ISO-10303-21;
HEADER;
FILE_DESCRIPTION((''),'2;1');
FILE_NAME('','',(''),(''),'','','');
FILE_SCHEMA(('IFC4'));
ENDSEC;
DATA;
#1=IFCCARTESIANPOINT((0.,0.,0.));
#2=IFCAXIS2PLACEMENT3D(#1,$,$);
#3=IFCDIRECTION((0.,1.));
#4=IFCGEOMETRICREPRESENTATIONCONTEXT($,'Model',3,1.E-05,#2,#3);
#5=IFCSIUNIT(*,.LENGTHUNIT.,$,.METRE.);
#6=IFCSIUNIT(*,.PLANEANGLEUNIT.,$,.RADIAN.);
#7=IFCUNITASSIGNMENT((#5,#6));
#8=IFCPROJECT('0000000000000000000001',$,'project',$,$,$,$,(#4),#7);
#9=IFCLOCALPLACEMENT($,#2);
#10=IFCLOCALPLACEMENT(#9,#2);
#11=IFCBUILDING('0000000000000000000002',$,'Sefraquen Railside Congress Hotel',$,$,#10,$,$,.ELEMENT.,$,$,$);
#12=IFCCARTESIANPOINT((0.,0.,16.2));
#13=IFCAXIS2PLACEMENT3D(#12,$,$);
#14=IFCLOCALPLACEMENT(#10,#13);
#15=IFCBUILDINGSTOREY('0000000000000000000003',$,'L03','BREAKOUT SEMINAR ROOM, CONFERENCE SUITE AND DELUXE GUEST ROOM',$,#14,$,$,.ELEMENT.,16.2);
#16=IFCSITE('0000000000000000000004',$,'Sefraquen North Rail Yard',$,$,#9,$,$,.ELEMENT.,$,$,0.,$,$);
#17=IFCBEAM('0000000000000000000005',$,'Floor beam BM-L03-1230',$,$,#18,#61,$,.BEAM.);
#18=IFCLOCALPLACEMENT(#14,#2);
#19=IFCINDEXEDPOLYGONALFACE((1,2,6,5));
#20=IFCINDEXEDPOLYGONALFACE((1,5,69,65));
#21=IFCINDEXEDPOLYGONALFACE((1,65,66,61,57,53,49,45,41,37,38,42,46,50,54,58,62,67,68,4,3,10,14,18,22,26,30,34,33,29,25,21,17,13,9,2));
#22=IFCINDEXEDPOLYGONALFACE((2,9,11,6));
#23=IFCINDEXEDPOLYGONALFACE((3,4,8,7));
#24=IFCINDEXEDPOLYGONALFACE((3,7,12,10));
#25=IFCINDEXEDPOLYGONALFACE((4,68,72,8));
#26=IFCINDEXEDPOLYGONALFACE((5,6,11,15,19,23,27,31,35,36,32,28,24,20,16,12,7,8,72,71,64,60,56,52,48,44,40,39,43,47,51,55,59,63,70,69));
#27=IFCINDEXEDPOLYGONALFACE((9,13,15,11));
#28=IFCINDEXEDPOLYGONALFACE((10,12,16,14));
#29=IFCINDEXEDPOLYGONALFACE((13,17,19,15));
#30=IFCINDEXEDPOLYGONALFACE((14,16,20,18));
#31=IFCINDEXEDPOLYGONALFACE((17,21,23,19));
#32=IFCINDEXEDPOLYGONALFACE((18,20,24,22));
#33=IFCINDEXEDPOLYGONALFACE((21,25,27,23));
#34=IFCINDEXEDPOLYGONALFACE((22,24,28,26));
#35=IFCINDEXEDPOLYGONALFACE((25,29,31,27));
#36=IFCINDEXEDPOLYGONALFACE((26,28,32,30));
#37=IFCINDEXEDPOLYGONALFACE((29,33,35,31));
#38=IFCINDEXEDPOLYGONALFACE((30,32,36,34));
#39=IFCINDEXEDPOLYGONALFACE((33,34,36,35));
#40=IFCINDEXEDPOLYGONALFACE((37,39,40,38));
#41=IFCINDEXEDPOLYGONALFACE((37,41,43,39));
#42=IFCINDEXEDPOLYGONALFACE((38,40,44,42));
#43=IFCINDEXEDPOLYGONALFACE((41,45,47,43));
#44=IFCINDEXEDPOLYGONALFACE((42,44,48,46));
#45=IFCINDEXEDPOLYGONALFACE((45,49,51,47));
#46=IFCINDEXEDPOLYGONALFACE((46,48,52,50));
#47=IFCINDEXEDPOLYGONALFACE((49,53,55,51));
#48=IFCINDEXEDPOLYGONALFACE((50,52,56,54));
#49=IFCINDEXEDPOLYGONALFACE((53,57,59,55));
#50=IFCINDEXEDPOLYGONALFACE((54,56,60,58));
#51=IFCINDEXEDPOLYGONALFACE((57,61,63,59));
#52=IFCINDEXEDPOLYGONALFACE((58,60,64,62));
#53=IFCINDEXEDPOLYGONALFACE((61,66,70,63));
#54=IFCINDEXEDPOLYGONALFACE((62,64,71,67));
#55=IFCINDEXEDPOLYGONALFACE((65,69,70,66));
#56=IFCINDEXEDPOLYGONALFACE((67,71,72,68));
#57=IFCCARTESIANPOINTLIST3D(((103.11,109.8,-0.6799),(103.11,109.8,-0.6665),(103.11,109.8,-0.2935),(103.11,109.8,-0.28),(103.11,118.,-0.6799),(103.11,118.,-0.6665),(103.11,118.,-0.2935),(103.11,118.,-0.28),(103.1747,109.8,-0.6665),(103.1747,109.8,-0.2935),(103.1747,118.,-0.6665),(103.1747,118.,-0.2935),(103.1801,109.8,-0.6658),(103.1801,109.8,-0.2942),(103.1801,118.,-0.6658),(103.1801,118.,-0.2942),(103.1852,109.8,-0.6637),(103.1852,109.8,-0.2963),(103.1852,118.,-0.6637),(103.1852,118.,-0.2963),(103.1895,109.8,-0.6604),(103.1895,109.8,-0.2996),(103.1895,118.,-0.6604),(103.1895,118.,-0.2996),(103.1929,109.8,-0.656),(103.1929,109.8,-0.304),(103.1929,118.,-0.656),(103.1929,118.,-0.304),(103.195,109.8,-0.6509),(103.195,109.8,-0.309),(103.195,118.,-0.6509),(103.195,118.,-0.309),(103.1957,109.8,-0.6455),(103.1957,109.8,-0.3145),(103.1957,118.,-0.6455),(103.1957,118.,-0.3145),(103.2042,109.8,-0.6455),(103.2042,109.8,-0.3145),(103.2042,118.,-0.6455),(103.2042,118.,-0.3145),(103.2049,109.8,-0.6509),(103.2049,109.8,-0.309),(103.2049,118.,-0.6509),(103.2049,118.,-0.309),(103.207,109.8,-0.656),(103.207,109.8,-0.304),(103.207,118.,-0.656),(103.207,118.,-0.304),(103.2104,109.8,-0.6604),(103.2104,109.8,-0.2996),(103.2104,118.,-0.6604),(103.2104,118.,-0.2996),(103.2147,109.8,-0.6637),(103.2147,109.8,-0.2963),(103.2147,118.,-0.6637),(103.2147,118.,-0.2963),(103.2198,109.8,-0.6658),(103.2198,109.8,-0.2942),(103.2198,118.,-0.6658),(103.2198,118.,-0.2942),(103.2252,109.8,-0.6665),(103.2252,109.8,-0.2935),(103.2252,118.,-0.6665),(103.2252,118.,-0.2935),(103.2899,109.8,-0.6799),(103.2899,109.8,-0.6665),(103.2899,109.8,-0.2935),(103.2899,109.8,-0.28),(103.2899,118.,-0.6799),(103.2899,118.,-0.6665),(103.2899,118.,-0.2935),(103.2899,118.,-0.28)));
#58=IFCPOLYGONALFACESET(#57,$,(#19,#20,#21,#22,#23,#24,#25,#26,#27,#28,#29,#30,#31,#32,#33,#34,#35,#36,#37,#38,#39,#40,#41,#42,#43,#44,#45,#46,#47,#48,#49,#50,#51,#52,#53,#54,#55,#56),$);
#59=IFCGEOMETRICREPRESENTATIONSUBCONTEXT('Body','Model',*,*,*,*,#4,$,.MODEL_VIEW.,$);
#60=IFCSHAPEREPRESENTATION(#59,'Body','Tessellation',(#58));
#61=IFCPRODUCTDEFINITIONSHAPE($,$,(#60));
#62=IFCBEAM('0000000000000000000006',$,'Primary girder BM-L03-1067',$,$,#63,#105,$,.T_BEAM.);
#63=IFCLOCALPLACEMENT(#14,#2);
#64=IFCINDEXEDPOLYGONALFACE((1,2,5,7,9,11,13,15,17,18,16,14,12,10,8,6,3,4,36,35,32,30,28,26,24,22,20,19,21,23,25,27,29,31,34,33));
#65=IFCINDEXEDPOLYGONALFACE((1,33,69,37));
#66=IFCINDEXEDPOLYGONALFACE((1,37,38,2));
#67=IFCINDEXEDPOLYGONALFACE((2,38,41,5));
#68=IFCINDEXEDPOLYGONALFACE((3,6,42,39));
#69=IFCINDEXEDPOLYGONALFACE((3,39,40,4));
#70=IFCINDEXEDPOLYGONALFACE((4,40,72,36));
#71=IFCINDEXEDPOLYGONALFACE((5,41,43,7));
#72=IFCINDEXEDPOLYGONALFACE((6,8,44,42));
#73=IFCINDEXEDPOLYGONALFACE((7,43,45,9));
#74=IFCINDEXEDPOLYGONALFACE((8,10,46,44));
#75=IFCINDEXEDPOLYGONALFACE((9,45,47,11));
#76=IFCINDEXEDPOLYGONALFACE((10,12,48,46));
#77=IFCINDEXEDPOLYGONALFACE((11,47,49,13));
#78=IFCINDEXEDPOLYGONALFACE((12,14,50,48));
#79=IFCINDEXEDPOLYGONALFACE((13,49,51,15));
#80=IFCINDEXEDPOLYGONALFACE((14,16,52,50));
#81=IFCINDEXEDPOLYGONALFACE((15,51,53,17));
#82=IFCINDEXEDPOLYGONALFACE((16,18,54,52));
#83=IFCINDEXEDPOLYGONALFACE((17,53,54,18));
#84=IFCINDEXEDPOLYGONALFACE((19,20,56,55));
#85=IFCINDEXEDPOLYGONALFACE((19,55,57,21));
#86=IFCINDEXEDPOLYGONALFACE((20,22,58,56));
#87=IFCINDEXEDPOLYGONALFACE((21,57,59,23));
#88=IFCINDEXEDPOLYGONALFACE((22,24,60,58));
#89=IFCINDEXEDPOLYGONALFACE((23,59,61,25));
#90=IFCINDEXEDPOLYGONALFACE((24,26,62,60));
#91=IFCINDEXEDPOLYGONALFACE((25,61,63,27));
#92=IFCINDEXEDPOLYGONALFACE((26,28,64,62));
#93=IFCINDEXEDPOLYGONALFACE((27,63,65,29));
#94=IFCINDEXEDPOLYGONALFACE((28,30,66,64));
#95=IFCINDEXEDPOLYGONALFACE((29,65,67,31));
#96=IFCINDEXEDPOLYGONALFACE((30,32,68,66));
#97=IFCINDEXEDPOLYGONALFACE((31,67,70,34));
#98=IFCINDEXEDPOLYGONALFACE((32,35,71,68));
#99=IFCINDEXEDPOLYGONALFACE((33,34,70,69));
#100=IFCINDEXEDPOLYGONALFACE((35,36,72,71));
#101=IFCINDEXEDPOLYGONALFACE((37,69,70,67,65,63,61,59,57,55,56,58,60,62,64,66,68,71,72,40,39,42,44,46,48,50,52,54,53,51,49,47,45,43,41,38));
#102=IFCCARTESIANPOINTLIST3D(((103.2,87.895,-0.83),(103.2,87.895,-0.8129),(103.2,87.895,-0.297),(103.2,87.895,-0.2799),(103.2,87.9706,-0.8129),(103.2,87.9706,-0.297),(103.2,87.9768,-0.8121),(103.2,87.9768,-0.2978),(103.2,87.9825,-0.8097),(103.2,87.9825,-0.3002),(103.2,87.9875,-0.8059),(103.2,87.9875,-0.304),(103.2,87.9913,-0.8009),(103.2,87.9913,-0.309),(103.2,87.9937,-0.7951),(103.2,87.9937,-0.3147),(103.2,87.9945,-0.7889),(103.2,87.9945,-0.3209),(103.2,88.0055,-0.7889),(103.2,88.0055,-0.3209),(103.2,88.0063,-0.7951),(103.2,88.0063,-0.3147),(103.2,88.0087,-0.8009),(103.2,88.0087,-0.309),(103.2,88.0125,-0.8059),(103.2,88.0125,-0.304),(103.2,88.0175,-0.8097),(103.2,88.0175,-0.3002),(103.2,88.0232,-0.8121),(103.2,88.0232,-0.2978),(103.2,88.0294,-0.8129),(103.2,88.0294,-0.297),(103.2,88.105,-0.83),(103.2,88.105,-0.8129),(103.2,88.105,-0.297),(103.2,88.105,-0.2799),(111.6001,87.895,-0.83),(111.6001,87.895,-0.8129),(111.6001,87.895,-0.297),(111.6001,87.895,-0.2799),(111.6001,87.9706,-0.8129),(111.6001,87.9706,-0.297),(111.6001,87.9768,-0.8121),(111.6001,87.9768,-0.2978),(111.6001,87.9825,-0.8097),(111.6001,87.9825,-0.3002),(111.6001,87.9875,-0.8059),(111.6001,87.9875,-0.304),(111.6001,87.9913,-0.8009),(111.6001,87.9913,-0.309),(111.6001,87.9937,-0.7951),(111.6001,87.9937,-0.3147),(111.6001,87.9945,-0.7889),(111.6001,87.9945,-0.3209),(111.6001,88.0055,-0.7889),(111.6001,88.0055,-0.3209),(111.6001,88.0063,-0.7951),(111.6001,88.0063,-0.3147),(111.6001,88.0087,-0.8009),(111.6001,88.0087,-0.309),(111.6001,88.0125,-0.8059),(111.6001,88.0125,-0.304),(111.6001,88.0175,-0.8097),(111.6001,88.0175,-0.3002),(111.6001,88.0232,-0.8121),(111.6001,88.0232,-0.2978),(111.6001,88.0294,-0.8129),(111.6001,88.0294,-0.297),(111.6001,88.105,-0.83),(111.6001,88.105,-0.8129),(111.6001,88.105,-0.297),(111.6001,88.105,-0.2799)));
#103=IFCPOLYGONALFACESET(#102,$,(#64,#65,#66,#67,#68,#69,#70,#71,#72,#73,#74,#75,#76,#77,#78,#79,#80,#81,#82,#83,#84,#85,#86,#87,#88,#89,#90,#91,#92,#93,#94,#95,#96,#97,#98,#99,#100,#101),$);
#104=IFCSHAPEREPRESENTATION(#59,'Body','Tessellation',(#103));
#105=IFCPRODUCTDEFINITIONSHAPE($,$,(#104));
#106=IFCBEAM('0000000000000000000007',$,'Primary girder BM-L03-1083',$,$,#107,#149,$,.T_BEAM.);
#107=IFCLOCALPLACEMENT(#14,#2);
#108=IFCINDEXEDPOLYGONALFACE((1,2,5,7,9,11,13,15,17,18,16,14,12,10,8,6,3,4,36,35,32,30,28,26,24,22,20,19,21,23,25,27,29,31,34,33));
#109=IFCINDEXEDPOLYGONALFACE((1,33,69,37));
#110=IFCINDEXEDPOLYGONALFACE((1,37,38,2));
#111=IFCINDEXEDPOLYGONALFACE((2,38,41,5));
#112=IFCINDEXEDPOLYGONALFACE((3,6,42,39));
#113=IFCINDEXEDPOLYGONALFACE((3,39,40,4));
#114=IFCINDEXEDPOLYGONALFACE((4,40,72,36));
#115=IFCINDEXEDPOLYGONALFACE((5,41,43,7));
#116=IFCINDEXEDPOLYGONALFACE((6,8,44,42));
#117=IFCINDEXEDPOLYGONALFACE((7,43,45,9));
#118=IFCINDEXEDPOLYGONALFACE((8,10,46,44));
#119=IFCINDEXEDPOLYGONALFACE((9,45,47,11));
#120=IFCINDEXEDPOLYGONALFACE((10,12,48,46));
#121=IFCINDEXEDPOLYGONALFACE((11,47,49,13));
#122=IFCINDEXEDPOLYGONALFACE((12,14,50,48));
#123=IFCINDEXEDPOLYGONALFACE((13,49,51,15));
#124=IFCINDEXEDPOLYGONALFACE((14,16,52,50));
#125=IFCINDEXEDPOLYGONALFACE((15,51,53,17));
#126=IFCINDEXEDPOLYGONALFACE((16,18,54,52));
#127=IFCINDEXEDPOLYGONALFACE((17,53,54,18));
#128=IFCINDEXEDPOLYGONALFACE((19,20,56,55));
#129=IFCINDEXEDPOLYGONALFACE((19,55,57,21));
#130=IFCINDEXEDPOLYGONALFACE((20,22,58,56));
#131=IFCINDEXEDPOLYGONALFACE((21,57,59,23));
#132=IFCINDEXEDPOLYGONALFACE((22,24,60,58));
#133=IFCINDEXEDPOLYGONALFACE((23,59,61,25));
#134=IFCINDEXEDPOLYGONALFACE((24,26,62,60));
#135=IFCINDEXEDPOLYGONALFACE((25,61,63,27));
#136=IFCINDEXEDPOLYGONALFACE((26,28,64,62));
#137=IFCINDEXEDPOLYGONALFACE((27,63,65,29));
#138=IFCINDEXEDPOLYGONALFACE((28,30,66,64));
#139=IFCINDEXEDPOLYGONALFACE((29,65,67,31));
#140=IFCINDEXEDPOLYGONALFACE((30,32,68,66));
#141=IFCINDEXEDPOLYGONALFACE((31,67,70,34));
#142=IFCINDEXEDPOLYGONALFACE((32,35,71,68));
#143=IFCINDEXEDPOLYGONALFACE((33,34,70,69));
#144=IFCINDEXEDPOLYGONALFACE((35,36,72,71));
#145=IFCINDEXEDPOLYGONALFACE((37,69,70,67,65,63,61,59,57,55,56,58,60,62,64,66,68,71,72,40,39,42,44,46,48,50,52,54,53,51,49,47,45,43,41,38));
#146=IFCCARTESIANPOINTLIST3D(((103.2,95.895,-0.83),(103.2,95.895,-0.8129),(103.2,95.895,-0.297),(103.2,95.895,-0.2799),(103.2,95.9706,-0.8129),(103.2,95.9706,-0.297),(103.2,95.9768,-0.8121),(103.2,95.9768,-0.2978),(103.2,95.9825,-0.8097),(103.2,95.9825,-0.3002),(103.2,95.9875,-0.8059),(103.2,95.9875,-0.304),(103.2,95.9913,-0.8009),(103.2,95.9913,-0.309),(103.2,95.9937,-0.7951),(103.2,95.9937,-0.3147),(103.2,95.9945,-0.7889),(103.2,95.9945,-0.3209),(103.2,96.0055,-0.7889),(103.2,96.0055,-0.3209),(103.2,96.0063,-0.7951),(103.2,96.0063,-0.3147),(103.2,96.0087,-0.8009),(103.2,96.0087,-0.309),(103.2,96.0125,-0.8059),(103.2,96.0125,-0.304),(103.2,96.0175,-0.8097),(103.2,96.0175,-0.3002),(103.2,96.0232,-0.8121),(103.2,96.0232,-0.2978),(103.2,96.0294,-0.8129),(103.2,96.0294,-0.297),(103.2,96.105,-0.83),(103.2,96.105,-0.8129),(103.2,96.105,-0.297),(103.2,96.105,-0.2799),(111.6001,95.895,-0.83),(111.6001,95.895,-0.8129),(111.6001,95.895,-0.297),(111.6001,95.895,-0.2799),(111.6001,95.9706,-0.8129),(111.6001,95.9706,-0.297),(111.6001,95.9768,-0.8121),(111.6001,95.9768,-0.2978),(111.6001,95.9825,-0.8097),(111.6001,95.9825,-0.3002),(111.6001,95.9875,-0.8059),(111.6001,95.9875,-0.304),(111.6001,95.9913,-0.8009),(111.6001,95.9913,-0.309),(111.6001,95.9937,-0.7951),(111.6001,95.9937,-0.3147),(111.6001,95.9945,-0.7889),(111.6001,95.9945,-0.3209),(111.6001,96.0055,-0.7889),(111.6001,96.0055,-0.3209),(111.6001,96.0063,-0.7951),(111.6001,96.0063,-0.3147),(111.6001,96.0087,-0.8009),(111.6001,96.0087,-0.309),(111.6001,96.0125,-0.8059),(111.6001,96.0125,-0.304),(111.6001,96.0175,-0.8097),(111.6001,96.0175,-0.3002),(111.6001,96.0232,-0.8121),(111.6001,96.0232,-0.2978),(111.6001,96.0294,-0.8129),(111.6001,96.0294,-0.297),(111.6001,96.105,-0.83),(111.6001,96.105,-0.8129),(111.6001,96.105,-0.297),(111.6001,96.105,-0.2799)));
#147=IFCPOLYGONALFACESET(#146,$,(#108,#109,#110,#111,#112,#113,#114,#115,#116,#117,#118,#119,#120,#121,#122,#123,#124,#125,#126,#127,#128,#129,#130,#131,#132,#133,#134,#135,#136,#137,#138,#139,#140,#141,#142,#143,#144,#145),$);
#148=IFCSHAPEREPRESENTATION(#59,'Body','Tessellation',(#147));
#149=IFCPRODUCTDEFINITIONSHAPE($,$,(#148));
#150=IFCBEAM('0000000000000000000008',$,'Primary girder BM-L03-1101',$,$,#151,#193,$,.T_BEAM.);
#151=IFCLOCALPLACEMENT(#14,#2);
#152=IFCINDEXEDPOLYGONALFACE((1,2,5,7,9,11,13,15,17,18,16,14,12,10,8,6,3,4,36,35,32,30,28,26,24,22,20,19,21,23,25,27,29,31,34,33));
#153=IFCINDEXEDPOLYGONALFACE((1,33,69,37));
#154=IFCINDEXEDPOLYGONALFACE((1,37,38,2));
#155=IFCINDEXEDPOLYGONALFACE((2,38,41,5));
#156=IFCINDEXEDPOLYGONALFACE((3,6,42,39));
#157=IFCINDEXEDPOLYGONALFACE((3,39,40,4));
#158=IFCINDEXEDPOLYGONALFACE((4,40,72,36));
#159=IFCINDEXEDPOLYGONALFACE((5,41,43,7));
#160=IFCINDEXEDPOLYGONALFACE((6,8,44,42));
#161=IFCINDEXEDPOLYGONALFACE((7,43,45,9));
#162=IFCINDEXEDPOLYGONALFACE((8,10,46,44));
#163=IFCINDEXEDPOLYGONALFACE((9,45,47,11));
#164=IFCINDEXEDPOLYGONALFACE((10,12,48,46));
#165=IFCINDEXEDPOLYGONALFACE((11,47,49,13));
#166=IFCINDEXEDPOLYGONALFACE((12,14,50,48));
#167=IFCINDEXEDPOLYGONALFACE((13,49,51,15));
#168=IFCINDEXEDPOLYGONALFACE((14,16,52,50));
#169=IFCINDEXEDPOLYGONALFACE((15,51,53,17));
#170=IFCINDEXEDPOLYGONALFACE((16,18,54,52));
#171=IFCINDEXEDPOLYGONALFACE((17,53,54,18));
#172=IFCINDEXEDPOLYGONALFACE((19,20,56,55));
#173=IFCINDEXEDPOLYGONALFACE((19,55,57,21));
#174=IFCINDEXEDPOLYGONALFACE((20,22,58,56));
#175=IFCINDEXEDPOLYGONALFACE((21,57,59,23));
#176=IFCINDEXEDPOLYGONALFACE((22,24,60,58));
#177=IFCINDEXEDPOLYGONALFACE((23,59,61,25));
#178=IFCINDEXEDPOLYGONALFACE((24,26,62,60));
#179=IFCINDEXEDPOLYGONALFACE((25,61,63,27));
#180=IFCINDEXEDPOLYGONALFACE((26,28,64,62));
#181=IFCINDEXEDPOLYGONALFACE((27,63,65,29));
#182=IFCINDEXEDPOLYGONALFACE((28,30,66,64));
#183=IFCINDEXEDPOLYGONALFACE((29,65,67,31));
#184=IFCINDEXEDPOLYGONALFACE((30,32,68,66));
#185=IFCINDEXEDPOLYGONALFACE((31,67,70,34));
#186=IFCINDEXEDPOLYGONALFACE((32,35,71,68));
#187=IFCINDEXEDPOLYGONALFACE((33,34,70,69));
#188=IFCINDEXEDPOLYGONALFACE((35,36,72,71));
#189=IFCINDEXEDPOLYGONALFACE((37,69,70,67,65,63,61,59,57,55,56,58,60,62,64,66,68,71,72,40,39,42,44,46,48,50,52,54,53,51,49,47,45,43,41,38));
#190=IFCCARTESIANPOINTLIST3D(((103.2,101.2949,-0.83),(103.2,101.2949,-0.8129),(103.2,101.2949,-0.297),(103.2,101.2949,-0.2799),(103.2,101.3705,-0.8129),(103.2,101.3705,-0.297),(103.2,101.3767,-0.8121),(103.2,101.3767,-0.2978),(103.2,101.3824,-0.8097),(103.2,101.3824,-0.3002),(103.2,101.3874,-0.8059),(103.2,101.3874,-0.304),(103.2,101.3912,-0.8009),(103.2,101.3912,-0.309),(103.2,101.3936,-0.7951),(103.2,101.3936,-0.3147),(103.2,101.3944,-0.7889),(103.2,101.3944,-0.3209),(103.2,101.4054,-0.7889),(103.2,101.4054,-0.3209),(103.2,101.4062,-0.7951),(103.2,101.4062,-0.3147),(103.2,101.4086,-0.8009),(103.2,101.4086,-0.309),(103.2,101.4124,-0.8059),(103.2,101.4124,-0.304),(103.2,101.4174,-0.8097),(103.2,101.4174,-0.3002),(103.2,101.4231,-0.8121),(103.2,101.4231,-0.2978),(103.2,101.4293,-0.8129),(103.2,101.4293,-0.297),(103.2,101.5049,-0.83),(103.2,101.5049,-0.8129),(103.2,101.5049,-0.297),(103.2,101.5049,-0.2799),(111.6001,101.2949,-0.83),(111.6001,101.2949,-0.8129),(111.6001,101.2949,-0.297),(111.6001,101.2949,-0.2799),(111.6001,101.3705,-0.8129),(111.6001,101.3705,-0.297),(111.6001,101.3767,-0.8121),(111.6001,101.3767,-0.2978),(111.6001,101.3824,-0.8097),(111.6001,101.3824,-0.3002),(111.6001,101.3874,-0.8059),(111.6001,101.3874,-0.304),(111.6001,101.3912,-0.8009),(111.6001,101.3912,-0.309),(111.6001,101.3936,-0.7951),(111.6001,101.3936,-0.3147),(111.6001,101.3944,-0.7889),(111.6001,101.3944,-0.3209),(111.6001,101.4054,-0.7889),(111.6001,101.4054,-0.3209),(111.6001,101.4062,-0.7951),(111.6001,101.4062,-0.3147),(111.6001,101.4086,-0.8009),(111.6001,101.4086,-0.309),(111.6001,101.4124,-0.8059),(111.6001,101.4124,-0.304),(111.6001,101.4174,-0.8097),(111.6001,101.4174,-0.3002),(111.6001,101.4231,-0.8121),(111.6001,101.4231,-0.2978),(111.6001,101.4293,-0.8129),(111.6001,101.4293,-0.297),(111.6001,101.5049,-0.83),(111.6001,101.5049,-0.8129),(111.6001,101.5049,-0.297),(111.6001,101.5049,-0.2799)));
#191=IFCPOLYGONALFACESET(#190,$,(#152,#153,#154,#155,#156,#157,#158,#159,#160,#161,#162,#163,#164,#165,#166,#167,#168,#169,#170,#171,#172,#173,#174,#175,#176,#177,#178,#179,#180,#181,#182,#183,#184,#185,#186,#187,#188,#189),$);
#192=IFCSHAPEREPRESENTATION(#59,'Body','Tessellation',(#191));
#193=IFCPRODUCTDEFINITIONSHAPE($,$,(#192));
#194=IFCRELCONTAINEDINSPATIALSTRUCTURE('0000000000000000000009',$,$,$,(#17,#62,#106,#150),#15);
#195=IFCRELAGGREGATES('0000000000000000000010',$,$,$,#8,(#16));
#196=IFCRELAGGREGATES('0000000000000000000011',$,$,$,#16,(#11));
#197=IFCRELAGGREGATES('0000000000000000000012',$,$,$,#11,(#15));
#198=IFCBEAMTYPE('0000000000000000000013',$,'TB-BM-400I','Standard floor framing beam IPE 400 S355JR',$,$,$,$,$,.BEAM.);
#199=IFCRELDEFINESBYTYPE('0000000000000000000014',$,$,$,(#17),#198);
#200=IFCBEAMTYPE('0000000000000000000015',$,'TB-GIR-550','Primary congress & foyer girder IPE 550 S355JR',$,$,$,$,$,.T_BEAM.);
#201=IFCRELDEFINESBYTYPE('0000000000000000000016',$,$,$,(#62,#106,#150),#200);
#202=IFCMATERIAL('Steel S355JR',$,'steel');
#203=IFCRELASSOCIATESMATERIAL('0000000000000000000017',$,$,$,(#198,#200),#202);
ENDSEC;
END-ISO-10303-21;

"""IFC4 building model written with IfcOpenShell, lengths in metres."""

from ifc_helpers import new_model, si_unit, direction, frame, origin, origin_2d, place, context, subcontext, project, spatial, i_section, extrude, material, material_profile, profile_set, type_object, element, save


model = new_model("IFC4")

# Units and contexts
model_context = context("Model", 3, precision=1e-05, world=origin(), true_north=direction((0.0, 1.0)))
body_context = subcontext(model_context, "Body", "Model", "MODEL_VIEW")
ifc_project = project(units=[si_unit("LENGTHUNIT", "METRE"), si_unit("PLANEANGLEUNIT", "RADIAN")], contexts=[model_context])

# Site, building, storey
site_placement = place(None, origin())
site = spatial("IfcSite", under=ifc_project, at=site_placement, Name="Sefraquen North Rail Yard", CompositionType="ELEMENT", RefElevation=0.0)
building_placement = place(site_placement, origin())
building = spatial("IfcBuilding", under=site, at=building_placement, Name="Sefraquen Railside Congress Hotel", CompositionType="ELEMENT")
storey_placement = place(building_placement, frame((0.0, 0.0, 16.2)))
storey = spatial("IfcBuildingStorey", under=building, at=storey_placement, Name="L03", Description="BREAKOUT SEMINAR ROOM, CONFERENCE SUITE AND DELUXE GUEST ROOM", CompositionType="ELEMENT", Elevation=16.2)

# Shared definitions
ifc_material_1 = material(Name="Steel S355JR", Category="steel")

# Beams
ifc_material_profile_1 = material_profile(ifc_material_1, i_section(OverallWidth=0.1799, OverallDepth=0.3999, WebThickness=0.0085, FlangeThickness=0.0134, FilletRadius=0.021, at=origin_2d()), Name="IPE 400")
ifc_profile_set_1 = profile_set([ifc_material_profile_1], Name="Steel S355JR")
beam_type_1 = type_object("IfcBeamType", Name="TB-BM-400I", Description="Standard floor framing beam IPE 400 S355JR", PredefinedType="BEAM", material=ifc_profile_set_1)
beam_1_placement = place(storey_placement, frame((103.2, 109.8, -0.48), z_axis=(0.0, 1.0, 0.0), x_axis=(-1.0, 0.0, 0.0)))
element("IfcBeam", 1, at=beam_1_placement, inside=storey, type_object=beam_type_1, Name="Floor beam BM-L03-1230", PredefinedType="BEAM", context=body_context, shape_type="SweptSolid", body=[
    extrude(i_section(OverallWidth=0.1799, OverallDepth=0.3999, WebThickness=0.0085, FlangeThickness=0.0134, FilletRadius=0.021, at=origin_2d()), origin(), (0.0, 0.0, 1.0), 8.2),
])
ifc_material_profile_2 = material_profile(ifc_material_1, i_section(OverallWidth=0.21, OverallDepth=0.55, WebThickness=0.011, FlangeThickness=0.0171, FilletRadius=0.0239, at=origin_2d()), Name="IPE 550")
ifc_profile_set_2 = profile_set([ifc_material_profile_2], Name="Steel S355JR")
beam_type_2 = type_object("IfcBeamType", Name="TB-GIR-550", Description="Primary congress & foyer girder IPE 550 S355JR", PredefinedType="T_BEAM", material=ifc_profile_set_2)
for number, where, z_axis, x_axis, name in (
    (2, (103.2, 88.0, -0.5549), (1.0, 0.0, 0.0), (0.0, 1.0, 0.0), "Primary girder BM-L03-1067"),
    (3, (103.2, 96.0, -0.5549), (1.0, 0.0, 0.0), (0.0, 1.0, 0.0), "Primary girder BM-L03-1083"),
    (4, (103.2, 101.3999, -0.5549), (1.0, 0.0, 0.0), (0.0, 1.0, 0.0), "Primary girder BM-L03-1101"),
):
    element("IfcBeam", number, at=place(storey_placement, frame(where, z_axis=z_axis, x_axis=x_axis)), inside=storey, type_object=beam_type_2, Name=name, PredefinedType="T_BEAM", context=body_context, shape_type="SweptSolid", body=[
        extrude(i_section(OverallWidth=0.21, OverallDepth=0.55, WebThickness=0.011, FlangeThickness=0.0171, FilletRadius=0.0239, at=origin_2d()), origin(), (0.0, 0.0, 1.0), 8.4001),
    ])

save(model, "model.ifc")
